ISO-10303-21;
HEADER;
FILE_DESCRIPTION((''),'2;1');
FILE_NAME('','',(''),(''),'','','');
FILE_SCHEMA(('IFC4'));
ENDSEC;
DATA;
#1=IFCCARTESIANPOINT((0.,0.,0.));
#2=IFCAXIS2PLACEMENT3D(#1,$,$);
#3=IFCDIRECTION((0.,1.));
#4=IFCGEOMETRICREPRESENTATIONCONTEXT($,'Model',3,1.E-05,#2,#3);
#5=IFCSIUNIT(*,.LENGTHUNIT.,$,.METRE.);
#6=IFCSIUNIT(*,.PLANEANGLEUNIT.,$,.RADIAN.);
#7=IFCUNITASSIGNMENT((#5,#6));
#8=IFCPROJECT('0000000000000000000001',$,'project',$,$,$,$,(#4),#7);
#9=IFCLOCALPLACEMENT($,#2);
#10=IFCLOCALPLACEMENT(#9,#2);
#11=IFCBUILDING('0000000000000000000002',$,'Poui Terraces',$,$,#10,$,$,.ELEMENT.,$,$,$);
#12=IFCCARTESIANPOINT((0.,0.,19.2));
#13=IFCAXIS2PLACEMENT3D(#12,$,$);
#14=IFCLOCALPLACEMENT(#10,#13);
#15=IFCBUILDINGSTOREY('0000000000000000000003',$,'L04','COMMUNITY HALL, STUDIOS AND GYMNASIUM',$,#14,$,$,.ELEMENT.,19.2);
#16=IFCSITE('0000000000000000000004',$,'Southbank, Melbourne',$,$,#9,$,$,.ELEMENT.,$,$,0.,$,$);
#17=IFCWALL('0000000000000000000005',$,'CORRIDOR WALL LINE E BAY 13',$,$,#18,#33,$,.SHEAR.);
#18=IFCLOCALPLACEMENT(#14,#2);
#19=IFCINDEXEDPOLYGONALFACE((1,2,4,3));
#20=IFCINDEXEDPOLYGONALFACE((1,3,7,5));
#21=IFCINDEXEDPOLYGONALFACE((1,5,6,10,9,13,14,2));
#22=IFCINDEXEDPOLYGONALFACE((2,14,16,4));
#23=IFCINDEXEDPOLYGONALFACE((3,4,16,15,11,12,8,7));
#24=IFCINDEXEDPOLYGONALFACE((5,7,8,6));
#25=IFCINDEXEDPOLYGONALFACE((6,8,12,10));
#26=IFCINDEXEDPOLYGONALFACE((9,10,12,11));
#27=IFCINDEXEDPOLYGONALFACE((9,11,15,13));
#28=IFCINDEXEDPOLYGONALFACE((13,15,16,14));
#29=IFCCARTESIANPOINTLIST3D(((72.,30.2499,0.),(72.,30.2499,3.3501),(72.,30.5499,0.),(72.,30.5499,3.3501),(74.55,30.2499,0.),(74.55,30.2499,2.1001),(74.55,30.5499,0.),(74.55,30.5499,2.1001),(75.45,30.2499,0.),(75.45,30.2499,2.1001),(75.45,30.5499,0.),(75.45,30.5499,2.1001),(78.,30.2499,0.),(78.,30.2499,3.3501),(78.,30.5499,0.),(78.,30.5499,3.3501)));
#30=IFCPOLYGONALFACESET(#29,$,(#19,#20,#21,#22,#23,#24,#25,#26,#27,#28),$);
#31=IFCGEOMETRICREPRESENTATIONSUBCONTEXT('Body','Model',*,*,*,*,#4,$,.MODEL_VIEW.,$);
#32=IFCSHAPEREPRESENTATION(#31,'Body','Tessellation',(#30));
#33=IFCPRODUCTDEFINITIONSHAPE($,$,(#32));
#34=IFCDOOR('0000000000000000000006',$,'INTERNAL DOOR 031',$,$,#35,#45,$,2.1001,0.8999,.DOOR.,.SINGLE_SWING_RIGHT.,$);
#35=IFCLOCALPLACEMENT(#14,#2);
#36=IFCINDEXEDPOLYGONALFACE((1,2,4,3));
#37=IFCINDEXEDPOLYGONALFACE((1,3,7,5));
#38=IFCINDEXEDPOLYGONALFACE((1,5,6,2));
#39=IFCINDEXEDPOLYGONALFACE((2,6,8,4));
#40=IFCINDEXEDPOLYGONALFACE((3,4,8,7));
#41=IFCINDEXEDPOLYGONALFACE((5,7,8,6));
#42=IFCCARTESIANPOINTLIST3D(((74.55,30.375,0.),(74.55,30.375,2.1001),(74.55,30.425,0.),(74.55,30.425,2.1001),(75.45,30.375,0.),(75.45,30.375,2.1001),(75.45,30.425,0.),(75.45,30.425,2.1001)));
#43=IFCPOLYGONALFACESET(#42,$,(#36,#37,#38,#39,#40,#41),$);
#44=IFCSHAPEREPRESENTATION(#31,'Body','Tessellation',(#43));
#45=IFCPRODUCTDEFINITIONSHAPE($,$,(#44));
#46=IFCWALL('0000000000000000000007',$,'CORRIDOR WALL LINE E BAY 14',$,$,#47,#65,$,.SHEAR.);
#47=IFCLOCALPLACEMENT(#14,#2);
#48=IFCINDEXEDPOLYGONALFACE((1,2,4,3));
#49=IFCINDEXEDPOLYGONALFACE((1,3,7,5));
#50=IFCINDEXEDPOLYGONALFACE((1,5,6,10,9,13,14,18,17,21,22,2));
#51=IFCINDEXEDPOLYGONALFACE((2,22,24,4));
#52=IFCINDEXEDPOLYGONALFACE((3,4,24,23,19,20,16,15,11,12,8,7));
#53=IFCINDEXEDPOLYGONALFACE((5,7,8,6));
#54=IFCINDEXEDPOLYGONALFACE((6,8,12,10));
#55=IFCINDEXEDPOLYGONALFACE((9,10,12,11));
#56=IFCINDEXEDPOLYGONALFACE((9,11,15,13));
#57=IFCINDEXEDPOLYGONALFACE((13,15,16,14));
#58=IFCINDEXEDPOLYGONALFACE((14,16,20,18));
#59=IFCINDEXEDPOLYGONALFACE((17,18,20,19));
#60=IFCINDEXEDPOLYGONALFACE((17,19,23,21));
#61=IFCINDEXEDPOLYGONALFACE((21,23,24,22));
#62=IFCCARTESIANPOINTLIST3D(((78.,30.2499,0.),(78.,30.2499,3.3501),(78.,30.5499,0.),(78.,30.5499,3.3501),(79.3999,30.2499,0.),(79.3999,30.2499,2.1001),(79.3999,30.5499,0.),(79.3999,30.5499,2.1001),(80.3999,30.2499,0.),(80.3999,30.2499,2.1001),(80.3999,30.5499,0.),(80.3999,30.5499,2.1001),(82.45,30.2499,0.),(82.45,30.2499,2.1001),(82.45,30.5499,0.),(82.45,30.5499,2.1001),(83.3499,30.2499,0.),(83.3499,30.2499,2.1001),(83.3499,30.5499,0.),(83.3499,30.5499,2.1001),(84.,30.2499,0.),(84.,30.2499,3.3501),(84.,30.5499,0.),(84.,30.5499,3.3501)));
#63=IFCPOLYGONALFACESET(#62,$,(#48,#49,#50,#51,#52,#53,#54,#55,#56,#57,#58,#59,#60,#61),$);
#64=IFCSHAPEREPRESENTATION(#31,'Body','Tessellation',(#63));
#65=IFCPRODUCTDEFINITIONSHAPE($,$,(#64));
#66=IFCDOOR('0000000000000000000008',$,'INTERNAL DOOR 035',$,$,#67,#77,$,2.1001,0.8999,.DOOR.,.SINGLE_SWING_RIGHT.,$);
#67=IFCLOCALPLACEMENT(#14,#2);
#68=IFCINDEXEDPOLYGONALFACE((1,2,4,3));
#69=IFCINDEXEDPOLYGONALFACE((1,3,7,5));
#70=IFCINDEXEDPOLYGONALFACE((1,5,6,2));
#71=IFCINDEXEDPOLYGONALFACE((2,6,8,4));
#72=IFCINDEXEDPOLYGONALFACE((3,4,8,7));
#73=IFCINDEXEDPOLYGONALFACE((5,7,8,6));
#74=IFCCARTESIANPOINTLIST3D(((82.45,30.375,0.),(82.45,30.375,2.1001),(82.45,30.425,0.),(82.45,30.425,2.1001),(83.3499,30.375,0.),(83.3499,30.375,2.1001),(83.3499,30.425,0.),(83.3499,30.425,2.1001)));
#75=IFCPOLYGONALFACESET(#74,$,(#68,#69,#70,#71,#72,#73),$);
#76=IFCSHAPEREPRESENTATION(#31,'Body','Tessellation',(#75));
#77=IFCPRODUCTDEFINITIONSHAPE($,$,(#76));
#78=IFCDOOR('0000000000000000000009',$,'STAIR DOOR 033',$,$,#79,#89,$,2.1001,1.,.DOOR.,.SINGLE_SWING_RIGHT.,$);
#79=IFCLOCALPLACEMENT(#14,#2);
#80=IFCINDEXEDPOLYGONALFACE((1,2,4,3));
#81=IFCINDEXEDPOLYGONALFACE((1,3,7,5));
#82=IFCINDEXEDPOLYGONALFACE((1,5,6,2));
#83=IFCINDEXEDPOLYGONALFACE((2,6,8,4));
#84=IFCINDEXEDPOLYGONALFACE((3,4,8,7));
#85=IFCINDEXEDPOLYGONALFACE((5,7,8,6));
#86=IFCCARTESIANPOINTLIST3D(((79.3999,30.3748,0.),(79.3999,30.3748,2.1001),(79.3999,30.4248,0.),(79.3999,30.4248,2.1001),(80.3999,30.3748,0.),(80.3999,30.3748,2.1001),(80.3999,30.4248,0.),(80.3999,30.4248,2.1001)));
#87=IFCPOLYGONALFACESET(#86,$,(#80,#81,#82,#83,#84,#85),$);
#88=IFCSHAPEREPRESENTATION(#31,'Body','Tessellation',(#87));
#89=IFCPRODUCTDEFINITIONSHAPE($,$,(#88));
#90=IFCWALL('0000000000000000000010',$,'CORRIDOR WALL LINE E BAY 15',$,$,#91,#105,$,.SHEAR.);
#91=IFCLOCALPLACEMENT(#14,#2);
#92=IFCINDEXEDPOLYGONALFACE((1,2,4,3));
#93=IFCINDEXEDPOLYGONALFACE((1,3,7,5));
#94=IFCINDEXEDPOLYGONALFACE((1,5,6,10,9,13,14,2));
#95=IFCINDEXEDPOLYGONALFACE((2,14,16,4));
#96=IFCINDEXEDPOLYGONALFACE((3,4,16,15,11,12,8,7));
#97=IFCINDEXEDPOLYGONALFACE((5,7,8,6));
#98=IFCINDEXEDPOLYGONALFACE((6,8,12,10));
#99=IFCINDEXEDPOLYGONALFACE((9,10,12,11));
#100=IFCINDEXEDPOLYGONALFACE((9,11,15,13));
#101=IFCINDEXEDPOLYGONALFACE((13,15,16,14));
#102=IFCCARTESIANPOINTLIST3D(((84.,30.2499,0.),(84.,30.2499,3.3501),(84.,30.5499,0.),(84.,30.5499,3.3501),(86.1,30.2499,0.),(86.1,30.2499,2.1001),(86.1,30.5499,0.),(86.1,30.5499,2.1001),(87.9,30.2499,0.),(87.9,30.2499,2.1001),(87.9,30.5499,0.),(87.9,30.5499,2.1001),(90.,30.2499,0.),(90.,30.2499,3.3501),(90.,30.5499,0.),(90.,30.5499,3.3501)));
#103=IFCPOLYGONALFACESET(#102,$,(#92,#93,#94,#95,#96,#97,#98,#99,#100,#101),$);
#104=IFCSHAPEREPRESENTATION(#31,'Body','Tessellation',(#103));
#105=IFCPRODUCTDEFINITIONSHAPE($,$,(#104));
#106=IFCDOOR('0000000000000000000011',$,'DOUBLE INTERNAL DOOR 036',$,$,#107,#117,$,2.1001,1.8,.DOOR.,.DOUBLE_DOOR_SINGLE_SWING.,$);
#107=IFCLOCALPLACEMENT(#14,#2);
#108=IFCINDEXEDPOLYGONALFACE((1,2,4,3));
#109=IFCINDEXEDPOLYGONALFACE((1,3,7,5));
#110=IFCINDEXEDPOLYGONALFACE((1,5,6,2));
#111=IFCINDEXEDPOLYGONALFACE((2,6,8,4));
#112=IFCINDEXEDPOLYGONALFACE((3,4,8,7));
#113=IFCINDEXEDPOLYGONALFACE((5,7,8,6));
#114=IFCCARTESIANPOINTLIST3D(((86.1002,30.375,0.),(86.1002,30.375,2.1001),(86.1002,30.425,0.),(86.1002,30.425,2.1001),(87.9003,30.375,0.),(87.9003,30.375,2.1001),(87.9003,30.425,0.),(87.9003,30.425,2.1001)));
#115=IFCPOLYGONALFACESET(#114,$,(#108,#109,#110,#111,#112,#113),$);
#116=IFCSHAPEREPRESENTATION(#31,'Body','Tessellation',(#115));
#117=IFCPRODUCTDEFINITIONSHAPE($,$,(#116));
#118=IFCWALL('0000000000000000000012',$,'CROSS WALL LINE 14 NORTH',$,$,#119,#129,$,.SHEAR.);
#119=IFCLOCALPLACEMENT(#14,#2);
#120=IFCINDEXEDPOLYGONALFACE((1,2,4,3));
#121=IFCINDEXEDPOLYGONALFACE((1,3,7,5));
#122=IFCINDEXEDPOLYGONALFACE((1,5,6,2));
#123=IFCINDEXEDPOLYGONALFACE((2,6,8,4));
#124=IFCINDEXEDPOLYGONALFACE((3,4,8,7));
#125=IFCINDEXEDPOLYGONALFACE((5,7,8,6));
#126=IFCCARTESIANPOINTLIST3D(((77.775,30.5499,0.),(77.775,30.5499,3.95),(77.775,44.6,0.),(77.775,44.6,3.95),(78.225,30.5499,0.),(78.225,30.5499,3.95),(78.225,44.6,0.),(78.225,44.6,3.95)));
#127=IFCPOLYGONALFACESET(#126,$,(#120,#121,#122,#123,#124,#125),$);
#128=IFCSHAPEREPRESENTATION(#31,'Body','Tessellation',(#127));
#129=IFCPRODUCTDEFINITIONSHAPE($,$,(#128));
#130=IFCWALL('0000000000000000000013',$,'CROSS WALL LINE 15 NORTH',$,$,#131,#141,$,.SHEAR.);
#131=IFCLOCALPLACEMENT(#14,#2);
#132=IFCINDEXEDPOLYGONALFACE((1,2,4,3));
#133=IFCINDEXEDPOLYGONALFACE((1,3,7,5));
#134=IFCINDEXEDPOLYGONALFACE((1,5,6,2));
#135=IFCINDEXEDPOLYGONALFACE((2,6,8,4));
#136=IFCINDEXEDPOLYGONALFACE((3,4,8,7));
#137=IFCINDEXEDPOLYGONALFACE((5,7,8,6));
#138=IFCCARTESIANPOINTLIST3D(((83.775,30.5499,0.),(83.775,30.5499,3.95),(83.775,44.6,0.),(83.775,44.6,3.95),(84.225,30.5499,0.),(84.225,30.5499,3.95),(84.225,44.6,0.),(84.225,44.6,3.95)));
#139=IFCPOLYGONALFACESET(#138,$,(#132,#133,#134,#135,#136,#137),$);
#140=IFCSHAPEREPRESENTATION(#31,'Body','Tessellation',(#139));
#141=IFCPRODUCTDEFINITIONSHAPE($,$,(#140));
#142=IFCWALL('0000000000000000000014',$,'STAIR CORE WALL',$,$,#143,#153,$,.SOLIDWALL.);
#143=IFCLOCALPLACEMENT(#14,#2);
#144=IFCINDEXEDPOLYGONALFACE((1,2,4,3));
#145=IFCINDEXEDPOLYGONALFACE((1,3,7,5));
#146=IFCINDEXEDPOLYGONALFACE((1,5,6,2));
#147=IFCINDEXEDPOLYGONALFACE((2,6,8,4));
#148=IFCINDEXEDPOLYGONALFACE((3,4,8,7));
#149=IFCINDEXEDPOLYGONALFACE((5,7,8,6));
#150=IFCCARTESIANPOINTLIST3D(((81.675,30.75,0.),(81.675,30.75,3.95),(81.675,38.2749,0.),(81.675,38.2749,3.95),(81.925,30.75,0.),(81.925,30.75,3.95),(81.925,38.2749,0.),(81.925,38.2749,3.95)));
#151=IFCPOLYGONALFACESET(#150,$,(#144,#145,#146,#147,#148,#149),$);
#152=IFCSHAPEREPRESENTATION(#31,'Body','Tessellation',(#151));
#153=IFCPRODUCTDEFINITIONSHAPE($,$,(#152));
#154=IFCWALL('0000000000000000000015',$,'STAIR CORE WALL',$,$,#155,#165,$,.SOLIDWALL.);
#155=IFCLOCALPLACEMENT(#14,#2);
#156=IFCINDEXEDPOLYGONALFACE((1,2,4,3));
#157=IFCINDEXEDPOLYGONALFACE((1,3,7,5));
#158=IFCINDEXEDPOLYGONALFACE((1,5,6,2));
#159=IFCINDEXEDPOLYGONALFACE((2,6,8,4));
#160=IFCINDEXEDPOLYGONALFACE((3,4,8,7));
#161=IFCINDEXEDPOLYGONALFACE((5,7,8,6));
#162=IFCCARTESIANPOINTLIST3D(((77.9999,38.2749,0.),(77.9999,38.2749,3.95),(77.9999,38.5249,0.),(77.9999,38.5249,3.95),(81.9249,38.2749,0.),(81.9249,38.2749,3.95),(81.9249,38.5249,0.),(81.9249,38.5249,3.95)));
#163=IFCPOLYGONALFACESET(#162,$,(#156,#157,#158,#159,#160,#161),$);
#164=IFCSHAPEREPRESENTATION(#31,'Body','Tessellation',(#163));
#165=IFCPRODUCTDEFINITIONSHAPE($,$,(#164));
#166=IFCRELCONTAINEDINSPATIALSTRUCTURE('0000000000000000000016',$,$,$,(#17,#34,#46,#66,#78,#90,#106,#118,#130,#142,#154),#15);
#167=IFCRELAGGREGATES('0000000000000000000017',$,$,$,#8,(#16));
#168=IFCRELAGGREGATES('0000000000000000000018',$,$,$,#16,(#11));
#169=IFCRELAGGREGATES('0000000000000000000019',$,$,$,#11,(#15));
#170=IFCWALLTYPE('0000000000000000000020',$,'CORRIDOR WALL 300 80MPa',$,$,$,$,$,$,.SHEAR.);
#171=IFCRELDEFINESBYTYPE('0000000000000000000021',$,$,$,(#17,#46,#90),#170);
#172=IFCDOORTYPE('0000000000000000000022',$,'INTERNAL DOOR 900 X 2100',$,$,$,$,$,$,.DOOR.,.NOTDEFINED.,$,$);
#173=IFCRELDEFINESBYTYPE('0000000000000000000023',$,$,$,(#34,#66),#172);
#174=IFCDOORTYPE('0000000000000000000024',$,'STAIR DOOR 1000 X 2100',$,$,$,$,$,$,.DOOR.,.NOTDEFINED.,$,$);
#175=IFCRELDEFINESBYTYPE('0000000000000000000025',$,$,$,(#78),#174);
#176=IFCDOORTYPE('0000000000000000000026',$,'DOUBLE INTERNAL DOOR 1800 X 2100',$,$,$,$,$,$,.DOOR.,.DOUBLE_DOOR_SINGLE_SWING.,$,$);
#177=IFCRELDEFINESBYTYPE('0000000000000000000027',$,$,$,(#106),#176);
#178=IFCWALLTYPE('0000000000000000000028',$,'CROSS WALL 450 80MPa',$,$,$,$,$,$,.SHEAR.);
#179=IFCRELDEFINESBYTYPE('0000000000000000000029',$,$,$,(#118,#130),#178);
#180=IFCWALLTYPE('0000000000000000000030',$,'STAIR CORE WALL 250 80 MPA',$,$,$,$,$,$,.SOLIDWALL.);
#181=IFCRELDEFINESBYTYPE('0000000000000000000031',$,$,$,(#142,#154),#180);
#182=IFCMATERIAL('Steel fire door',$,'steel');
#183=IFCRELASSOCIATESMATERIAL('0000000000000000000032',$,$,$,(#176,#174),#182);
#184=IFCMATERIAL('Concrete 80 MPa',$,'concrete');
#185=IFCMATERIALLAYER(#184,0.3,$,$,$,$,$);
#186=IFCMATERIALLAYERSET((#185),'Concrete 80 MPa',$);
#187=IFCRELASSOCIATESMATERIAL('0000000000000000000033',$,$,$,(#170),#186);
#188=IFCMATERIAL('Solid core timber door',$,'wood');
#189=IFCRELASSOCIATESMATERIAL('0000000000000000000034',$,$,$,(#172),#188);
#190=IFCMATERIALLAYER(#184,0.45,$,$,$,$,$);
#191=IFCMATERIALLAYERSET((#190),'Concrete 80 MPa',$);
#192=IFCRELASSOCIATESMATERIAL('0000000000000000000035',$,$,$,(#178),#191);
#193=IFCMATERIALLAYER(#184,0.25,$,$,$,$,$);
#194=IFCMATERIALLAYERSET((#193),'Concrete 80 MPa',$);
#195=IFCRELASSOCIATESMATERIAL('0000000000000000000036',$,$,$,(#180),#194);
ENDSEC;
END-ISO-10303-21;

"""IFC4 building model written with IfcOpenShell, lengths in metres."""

from ifc_helpers import new_model, si_unit, direction, frame, frame_2d, origin, place, context, subcontext, project, spatial, rectangle, extrude, material, layer, layer_set, type_object, element, fill, save


model = new_model("IFC4")

# Units and contexts
model_context = context("Model", 3, precision=1e-05, world=origin(), true_north=direction((0.0, 1.0)))
body_context = subcontext(model_context, "Body", "Model", "MODEL_VIEW")
ifc_project = project(units=[si_unit("LENGTHUNIT", "METRE"), si_unit("PLANEANGLEUNIT", "RADIAN")], contexts=[model_context])

# Site, building, storey
site_placement = place(None, origin())
site = spatial("IfcSite", under=ifc_project, at=site_placement, Name="Southbank, Melbourne", CompositionType="ELEMENT", RefElevation=0.0)
building_placement = place(site_placement, origin())
building = spatial("IfcBuilding", under=site, at=building_placement, Name="Poui Terraces", CompositionType="ELEMENT")
storey_placement = place(building_placement, frame((0.0, 0.0, 19.2)))
storey = spatial("IfcBuildingStorey", under=building, at=storey_placement, Name="L04", Description="COMMUNITY HALL, STUDIOS AND GYMNASIUM", CompositionType="ELEMENT", Elevation=19.2)

# Shared definitions
ifc_material_1 = material(Name="Concrete 80 MPa", Category="concrete")

# Wall, opening, door
ifc_material_2 = material(Name="Steel fire door", Category="steel")
door_type_1 = type_object("IfcDoorType", Name="DOUBLE INTERNAL DOOR 1800 X 2100", OperationType="DOUBLE_DOOR_SINGLE_SWING", PredefinedType="DOOR", material=ifc_material_2)
ifc_layer_1 = layer(ifc_material_1, 0.3)
ifc_layer_set_1 = layer_set([ifc_layer_1], Name="Concrete 80 MPa")
wall_type_1 = type_object("IfcWallType", Name="CORRIDOR WALL 300 80MPa", PredefinedType="SHEAR", material=ifc_layer_set_1)
wall_1_placement = place(storey_placement, frame((72.0, 30.3999, 0.0), z_axis=(0.0, 0.0, 1.0), x_axis=(1.0, 0.0, 0.0)))
wall_1 = element("IfcWall", 1, at=wall_1_placement, inside=storey, type_object=wall_type_1, Name="CORRIDOR WALL LINE E BAY 13", PredefinedType="SHEAR", context=body_context, shape_type="SweptSolid", body=[
    extrude(rectangle(XDim=6.0, YDim=0.3, at=frame_2d((3.0, 0.0))), origin(), (0.0, 0.0, 1.0), 3.3501),
])
opening_1_placement = place(wall_1_placement, frame((2.55, 0.0, 0.0)))
opening_1 = element("IfcOpeningElement", 2, at=opening_1_placement, cuts=wall_1, PredefinedType="OPENING", context=body_context, shape_type="SweptSolid", body=[
    extrude(rectangle(XDim=0.8999, YDim=2.1001, at=frame_2d((0.45, 1.05))), frame((0.0, 0.1602, 0.0), z_axis=(0.0, -1.0, 0.0), x_axis=(1.0, 0.0, 0.0)), (0.0, 0.0, 1.0), 0.3201),
])
ifc_material_3 = material(Name="Solid core timber door", Category="wood")
door_type_2 = type_object("IfcDoorType", Name="INTERNAL DOOR 900 X 2100", OperationType="NOTDEFINED", PredefinedType="DOOR", material=ifc_material_3)
door_1_placement = place(opening_1_placement, frame((0.8999, 0.0, 0.0), z_axis=(0.0, 0.0, 1.0), x_axis=(-1.0, 0.0, 0.0)))
door_1 = element("IfcDoor", 3, at=door_1_placement, inside=storey, type_object=door_type_2, Name="INTERNAL DOOR 031", OperationType="SINGLE_SWING_RIGHT", OverallHeight=2.1001, OverallWidth=0.8999, PredefinedType="DOOR", context=body_context, shape_type="SweptSolid", body=[
    extrude(rectangle(XDim=0.8999, YDim=2.1001, at=frame_2d((0.45, 1.05))), frame((0.0, 0.0249, 0.0), z_axis=(0.0, -1.0, 0.0), x_axis=(1.0, 0.0, 0.0)), (0.0, 0.0, 1.0), 0.05),
])
fill(opening_1, door_1)

# Wall, openings, doors
wall_2_placement = place(storey_placement, frame((78.0, 30.3999, 0.0), z_axis=(0.0, 0.0, 1.0), x_axis=(1.0, 0.0, 0.0)))
wall_2 = element("IfcWall", 4, at=wall_2_placement, inside=storey, type_object=wall_type_1, Name="CORRIDOR WALL LINE E BAY 14", PredefinedType="SHEAR", context=body_context, shape_type="SweptSolid", body=[
    extrude(rectangle(XDim=6.0, YDim=0.3, at=frame_2d((3.0, 0.0))), origin(), (0.0, 0.0, 1.0), 3.3501),
])
opening_2_placement = place(wall_2_placement, frame((1.3999, 0.0, 0.0)))
opening_2 = element("IfcOpeningElement", 5, at=opening_2_placement, cuts=wall_2, PredefinedType="OPENING", context=body_context, shape_type="SweptSolid", body=[
    extrude(rectangle(XDim=1.0, YDim=2.1001, at=frame_2d((0.5, 1.05))), frame((0.0, 0.1602, 0.0), z_axis=(0.0, -1.0, 0.0), x_axis=(1.0, 0.0, 0.0)), (0.0, 0.0, 1.0), 0.3201),
])
opening_3_placement = place(wall_2_placement, frame((4.45, 0.0, 0.0)))
opening_3 = element("IfcOpeningElement", 6, at=opening_3_placement, cuts=wall_2, PredefinedType="OPENING", context=body_context, shape_type="SweptSolid", body=[
    extrude(rectangle(XDim=0.8999, YDim=2.1001, at=frame_2d((0.45, 1.05))), frame((0.0, 0.1602, 0.0), z_axis=(0.0, -1.0, 0.0), x_axis=(1.0, 0.0, 0.0)), (0.0, 0.0, 1.0), 0.3201),
])
door_2_placement = place(opening_3_placement, frame((0.8999, 0.0, 0.0), z_axis=(0.0, 0.0, 1.0), x_axis=(-1.0, 0.0, 0.0)))
door_2 = element("IfcDoor", 7, at=door_2_placement, inside=storey, type_object=door_type_2, Name="INTERNAL DOOR 035", OperationType="SINGLE_SWING_RIGHT", OverallHeight=2.1001, OverallWidth=0.8999, PredefinedType="DOOR", context=body_context, shape_type="SweptSolid", body=[
    extrude(rectangle(XDim=0.8999, YDim=2.1001, at=frame_2d((0.45, 1.05))), frame((0.0, 0.0249, 0.0), z_axis=(0.0, -1.0, 0.0), x_axis=(1.0, 0.0, 0.0)), (0.0, 0.0, 1.0), 0.05),
])
fill(opening_3, door_2)
door_type_3 = type_object("IfcDoorType", Name="STAIR DOOR 1000 X 2100", OperationType="NOTDEFINED", PredefinedType="DOOR", material=ifc_material_2)
door_3_placement = place(opening_2_placement, origin())
door_3 = element("IfcDoor", 8, at=door_3_placement, inside=storey, type_object=door_type_3, Name="STAIR DOOR 033", OperationType="SINGLE_SWING_RIGHT", OverallHeight=2.1001, OverallWidth=1.0, PredefinedType="DOOR", context=body_context, shape_type="SweptSolid", body=[
    extrude(rectangle(XDim=1.0, YDim=2.1001, at=frame_2d((0.5, 1.05))), frame((0.0, 0.0249, 0.0), z_axis=(0.0, -1.0, 0.0), x_axis=(1.0, 0.0, 0.0)), (0.0, 0.0, 1.0), 0.05),
])
fill(opening_2, door_3)

# Wall, opening, door
wall_3_placement = place(storey_placement, frame((84.0, 30.3999, 0.0), z_axis=(0.0, 0.0, 1.0), x_axis=(1.0, 0.0, 0.0)))
wall_3 = element("IfcWall", 9, at=wall_3_placement, inside=storey, type_object=wall_type_1, Name="CORRIDOR WALL LINE E BAY 15", PredefinedType="SHEAR", context=body_context, shape_type="SweptSolid", body=[
    extrude(rectangle(XDim=6.0, YDim=0.3, at=frame_2d((3.0, 0.0))), origin(), (0.0, 0.0, 1.0), 3.3501),
])
opening_4_placement = place(wall_3_placement, frame((2.1001, 0.0, 0.0)))
opening_4 = element("IfcOpeningElement", 10, at=opening_4_placement, cuts=wall_3, PredefinedType="OPENING", context=body_context, shape_type="SweptSolid", body=[
    extrude(rectangle(XDim=1.8, YDim=2.1001, at=frame_2d((0.8999, 1.05))), frame((0.0, 0.1602, 0.0), z_axis=(0.0, -1.0, 0.0), x_axis=(1.0, 0.0, 0.0)), (0.0, 0.0, 1.0), 0.3201),
])
door_4_placement = place(opening_4_placement, frame((1.8, 0.0, 0.0), z_axis=(0.0, 0.0, 1.0), x_axis=(-1.0, 0.0, 0.0)))
door_4 = element("IfcDoor", 11, at=door_4_placement, inside=storey, type_object=door_type_1, Name="DOUBLE INTERNAL DOOR 036", OperationType="DOUBLE_DOOR_SINGLE_SWING", OverallHeight=2.1001, OverallWidth=1.8, PredefinedType="DOOR", context=body_context, shape_type="SweptSolid", body=[
    extrude(rectangle(XDim=1.8, YDim=2.1001, at=frame_2d((0.8999, 1.05))), frame((0.0, 0.0249, 0.0), z_axis=(0.0, -1.0, 0.0), x_axis=(1.0, 0.0, 0.0)), (0.0, 0.0, 1.0), 0.05),
])
fill(opening_4, door_4)

# Walls
ifc_layer_2 = layer(ifc_material_1, 0.45)
ifc_layer_set_2 = layer_set([ifc_layer_2], Name="Concrete 80 MPa")
wall_type_2 = type_object("IfcWallType", Name="CROSS WALL 450 80MPa", PredefinedType="SHEAR", material=ifc_layer_set_2)
for number, where, z_axis, x_axis, name in (
    (12, (78.0, 30.55, 0.0), (0.0, 0.0, 1.0), (0.0, 1.0, 0.0), "CROSS WALL LINE 14 NORTH"),
    (13, (84.0, 30.55, 0.0), (0.0, 0.0, 1.0), (0.0, 1.0, 0.0), "CROSS WALL LINE 15 NORTH"),
):
    element("IfcWall", number, at=place(storey_placement, frame(where, z_axis=z_axis, x_axis=x_axis)), inside=storey, type_object=wall_type_2, Name=name, PredefinedType="SHEAR", context=body_context, shape_type="SweptSolid", body=[
        extrude(rectangle(XDim=14.05, YDim=0.45, at=frame_2d((7.0249, 0.0))), origin(), (0.0, 0.0, 1.0), 3.95),
    ])
ifc_layer_3 = layer(ifc_material_1, 0.25)
ifc_layer_set_3 = layer_set([ifc_layer_3], Name="Concrete 80 MPa")
wall_type_3 = type_object("IfcWallType", Name="STAIR CORE WALL 250 80 MPA", PredefinedType="SOLIDWALL", material=ifc_layer_set_3)
wall_4_placement = place(storey_placement, frame((81.8, 30.75, 0.0), z_axis=(0.0, 0.0, 1.0), x_axis=(0.0, 1.0, 0.0)))
element("IfcWall", 14, at=wall_4_placement, inside=storey, type_object=wall_type_3, Name="STAIR CORE WALL", PredefinedType="SOLIDWALL", context=body_context, shape_type="SweptSolid", body=[
    extrude(rectangle(XDim=7.5249, YDim=0.25, at=frame_2d((3.7625, 0.0))), origin(), (0.0, 0.0, 1.0), 3.95),
])
wall_5_placement = place(storey_placement, frame((78.0, 38.3999, 0.0), z_axis=(0.0, 0.0, 1.0), x_axis=(1.0, 0.0, 0.0)))
element("IfcWall", 15, at=wall_5_placement, inside=storey, type_object=wall_type_3, Name="STAIR CORE WALL", PredefinedType="SOLIDWALL", context=body_context, shape_type="SweptSolid", body=[
    extrude(rectangle(XDim=3.925, YDim=0.25, at=frame_2d((1.9624, 0.0))), origin(), (0.0, 0.0, 1.0), 3.95),
])

save(model, "model.ifc")
